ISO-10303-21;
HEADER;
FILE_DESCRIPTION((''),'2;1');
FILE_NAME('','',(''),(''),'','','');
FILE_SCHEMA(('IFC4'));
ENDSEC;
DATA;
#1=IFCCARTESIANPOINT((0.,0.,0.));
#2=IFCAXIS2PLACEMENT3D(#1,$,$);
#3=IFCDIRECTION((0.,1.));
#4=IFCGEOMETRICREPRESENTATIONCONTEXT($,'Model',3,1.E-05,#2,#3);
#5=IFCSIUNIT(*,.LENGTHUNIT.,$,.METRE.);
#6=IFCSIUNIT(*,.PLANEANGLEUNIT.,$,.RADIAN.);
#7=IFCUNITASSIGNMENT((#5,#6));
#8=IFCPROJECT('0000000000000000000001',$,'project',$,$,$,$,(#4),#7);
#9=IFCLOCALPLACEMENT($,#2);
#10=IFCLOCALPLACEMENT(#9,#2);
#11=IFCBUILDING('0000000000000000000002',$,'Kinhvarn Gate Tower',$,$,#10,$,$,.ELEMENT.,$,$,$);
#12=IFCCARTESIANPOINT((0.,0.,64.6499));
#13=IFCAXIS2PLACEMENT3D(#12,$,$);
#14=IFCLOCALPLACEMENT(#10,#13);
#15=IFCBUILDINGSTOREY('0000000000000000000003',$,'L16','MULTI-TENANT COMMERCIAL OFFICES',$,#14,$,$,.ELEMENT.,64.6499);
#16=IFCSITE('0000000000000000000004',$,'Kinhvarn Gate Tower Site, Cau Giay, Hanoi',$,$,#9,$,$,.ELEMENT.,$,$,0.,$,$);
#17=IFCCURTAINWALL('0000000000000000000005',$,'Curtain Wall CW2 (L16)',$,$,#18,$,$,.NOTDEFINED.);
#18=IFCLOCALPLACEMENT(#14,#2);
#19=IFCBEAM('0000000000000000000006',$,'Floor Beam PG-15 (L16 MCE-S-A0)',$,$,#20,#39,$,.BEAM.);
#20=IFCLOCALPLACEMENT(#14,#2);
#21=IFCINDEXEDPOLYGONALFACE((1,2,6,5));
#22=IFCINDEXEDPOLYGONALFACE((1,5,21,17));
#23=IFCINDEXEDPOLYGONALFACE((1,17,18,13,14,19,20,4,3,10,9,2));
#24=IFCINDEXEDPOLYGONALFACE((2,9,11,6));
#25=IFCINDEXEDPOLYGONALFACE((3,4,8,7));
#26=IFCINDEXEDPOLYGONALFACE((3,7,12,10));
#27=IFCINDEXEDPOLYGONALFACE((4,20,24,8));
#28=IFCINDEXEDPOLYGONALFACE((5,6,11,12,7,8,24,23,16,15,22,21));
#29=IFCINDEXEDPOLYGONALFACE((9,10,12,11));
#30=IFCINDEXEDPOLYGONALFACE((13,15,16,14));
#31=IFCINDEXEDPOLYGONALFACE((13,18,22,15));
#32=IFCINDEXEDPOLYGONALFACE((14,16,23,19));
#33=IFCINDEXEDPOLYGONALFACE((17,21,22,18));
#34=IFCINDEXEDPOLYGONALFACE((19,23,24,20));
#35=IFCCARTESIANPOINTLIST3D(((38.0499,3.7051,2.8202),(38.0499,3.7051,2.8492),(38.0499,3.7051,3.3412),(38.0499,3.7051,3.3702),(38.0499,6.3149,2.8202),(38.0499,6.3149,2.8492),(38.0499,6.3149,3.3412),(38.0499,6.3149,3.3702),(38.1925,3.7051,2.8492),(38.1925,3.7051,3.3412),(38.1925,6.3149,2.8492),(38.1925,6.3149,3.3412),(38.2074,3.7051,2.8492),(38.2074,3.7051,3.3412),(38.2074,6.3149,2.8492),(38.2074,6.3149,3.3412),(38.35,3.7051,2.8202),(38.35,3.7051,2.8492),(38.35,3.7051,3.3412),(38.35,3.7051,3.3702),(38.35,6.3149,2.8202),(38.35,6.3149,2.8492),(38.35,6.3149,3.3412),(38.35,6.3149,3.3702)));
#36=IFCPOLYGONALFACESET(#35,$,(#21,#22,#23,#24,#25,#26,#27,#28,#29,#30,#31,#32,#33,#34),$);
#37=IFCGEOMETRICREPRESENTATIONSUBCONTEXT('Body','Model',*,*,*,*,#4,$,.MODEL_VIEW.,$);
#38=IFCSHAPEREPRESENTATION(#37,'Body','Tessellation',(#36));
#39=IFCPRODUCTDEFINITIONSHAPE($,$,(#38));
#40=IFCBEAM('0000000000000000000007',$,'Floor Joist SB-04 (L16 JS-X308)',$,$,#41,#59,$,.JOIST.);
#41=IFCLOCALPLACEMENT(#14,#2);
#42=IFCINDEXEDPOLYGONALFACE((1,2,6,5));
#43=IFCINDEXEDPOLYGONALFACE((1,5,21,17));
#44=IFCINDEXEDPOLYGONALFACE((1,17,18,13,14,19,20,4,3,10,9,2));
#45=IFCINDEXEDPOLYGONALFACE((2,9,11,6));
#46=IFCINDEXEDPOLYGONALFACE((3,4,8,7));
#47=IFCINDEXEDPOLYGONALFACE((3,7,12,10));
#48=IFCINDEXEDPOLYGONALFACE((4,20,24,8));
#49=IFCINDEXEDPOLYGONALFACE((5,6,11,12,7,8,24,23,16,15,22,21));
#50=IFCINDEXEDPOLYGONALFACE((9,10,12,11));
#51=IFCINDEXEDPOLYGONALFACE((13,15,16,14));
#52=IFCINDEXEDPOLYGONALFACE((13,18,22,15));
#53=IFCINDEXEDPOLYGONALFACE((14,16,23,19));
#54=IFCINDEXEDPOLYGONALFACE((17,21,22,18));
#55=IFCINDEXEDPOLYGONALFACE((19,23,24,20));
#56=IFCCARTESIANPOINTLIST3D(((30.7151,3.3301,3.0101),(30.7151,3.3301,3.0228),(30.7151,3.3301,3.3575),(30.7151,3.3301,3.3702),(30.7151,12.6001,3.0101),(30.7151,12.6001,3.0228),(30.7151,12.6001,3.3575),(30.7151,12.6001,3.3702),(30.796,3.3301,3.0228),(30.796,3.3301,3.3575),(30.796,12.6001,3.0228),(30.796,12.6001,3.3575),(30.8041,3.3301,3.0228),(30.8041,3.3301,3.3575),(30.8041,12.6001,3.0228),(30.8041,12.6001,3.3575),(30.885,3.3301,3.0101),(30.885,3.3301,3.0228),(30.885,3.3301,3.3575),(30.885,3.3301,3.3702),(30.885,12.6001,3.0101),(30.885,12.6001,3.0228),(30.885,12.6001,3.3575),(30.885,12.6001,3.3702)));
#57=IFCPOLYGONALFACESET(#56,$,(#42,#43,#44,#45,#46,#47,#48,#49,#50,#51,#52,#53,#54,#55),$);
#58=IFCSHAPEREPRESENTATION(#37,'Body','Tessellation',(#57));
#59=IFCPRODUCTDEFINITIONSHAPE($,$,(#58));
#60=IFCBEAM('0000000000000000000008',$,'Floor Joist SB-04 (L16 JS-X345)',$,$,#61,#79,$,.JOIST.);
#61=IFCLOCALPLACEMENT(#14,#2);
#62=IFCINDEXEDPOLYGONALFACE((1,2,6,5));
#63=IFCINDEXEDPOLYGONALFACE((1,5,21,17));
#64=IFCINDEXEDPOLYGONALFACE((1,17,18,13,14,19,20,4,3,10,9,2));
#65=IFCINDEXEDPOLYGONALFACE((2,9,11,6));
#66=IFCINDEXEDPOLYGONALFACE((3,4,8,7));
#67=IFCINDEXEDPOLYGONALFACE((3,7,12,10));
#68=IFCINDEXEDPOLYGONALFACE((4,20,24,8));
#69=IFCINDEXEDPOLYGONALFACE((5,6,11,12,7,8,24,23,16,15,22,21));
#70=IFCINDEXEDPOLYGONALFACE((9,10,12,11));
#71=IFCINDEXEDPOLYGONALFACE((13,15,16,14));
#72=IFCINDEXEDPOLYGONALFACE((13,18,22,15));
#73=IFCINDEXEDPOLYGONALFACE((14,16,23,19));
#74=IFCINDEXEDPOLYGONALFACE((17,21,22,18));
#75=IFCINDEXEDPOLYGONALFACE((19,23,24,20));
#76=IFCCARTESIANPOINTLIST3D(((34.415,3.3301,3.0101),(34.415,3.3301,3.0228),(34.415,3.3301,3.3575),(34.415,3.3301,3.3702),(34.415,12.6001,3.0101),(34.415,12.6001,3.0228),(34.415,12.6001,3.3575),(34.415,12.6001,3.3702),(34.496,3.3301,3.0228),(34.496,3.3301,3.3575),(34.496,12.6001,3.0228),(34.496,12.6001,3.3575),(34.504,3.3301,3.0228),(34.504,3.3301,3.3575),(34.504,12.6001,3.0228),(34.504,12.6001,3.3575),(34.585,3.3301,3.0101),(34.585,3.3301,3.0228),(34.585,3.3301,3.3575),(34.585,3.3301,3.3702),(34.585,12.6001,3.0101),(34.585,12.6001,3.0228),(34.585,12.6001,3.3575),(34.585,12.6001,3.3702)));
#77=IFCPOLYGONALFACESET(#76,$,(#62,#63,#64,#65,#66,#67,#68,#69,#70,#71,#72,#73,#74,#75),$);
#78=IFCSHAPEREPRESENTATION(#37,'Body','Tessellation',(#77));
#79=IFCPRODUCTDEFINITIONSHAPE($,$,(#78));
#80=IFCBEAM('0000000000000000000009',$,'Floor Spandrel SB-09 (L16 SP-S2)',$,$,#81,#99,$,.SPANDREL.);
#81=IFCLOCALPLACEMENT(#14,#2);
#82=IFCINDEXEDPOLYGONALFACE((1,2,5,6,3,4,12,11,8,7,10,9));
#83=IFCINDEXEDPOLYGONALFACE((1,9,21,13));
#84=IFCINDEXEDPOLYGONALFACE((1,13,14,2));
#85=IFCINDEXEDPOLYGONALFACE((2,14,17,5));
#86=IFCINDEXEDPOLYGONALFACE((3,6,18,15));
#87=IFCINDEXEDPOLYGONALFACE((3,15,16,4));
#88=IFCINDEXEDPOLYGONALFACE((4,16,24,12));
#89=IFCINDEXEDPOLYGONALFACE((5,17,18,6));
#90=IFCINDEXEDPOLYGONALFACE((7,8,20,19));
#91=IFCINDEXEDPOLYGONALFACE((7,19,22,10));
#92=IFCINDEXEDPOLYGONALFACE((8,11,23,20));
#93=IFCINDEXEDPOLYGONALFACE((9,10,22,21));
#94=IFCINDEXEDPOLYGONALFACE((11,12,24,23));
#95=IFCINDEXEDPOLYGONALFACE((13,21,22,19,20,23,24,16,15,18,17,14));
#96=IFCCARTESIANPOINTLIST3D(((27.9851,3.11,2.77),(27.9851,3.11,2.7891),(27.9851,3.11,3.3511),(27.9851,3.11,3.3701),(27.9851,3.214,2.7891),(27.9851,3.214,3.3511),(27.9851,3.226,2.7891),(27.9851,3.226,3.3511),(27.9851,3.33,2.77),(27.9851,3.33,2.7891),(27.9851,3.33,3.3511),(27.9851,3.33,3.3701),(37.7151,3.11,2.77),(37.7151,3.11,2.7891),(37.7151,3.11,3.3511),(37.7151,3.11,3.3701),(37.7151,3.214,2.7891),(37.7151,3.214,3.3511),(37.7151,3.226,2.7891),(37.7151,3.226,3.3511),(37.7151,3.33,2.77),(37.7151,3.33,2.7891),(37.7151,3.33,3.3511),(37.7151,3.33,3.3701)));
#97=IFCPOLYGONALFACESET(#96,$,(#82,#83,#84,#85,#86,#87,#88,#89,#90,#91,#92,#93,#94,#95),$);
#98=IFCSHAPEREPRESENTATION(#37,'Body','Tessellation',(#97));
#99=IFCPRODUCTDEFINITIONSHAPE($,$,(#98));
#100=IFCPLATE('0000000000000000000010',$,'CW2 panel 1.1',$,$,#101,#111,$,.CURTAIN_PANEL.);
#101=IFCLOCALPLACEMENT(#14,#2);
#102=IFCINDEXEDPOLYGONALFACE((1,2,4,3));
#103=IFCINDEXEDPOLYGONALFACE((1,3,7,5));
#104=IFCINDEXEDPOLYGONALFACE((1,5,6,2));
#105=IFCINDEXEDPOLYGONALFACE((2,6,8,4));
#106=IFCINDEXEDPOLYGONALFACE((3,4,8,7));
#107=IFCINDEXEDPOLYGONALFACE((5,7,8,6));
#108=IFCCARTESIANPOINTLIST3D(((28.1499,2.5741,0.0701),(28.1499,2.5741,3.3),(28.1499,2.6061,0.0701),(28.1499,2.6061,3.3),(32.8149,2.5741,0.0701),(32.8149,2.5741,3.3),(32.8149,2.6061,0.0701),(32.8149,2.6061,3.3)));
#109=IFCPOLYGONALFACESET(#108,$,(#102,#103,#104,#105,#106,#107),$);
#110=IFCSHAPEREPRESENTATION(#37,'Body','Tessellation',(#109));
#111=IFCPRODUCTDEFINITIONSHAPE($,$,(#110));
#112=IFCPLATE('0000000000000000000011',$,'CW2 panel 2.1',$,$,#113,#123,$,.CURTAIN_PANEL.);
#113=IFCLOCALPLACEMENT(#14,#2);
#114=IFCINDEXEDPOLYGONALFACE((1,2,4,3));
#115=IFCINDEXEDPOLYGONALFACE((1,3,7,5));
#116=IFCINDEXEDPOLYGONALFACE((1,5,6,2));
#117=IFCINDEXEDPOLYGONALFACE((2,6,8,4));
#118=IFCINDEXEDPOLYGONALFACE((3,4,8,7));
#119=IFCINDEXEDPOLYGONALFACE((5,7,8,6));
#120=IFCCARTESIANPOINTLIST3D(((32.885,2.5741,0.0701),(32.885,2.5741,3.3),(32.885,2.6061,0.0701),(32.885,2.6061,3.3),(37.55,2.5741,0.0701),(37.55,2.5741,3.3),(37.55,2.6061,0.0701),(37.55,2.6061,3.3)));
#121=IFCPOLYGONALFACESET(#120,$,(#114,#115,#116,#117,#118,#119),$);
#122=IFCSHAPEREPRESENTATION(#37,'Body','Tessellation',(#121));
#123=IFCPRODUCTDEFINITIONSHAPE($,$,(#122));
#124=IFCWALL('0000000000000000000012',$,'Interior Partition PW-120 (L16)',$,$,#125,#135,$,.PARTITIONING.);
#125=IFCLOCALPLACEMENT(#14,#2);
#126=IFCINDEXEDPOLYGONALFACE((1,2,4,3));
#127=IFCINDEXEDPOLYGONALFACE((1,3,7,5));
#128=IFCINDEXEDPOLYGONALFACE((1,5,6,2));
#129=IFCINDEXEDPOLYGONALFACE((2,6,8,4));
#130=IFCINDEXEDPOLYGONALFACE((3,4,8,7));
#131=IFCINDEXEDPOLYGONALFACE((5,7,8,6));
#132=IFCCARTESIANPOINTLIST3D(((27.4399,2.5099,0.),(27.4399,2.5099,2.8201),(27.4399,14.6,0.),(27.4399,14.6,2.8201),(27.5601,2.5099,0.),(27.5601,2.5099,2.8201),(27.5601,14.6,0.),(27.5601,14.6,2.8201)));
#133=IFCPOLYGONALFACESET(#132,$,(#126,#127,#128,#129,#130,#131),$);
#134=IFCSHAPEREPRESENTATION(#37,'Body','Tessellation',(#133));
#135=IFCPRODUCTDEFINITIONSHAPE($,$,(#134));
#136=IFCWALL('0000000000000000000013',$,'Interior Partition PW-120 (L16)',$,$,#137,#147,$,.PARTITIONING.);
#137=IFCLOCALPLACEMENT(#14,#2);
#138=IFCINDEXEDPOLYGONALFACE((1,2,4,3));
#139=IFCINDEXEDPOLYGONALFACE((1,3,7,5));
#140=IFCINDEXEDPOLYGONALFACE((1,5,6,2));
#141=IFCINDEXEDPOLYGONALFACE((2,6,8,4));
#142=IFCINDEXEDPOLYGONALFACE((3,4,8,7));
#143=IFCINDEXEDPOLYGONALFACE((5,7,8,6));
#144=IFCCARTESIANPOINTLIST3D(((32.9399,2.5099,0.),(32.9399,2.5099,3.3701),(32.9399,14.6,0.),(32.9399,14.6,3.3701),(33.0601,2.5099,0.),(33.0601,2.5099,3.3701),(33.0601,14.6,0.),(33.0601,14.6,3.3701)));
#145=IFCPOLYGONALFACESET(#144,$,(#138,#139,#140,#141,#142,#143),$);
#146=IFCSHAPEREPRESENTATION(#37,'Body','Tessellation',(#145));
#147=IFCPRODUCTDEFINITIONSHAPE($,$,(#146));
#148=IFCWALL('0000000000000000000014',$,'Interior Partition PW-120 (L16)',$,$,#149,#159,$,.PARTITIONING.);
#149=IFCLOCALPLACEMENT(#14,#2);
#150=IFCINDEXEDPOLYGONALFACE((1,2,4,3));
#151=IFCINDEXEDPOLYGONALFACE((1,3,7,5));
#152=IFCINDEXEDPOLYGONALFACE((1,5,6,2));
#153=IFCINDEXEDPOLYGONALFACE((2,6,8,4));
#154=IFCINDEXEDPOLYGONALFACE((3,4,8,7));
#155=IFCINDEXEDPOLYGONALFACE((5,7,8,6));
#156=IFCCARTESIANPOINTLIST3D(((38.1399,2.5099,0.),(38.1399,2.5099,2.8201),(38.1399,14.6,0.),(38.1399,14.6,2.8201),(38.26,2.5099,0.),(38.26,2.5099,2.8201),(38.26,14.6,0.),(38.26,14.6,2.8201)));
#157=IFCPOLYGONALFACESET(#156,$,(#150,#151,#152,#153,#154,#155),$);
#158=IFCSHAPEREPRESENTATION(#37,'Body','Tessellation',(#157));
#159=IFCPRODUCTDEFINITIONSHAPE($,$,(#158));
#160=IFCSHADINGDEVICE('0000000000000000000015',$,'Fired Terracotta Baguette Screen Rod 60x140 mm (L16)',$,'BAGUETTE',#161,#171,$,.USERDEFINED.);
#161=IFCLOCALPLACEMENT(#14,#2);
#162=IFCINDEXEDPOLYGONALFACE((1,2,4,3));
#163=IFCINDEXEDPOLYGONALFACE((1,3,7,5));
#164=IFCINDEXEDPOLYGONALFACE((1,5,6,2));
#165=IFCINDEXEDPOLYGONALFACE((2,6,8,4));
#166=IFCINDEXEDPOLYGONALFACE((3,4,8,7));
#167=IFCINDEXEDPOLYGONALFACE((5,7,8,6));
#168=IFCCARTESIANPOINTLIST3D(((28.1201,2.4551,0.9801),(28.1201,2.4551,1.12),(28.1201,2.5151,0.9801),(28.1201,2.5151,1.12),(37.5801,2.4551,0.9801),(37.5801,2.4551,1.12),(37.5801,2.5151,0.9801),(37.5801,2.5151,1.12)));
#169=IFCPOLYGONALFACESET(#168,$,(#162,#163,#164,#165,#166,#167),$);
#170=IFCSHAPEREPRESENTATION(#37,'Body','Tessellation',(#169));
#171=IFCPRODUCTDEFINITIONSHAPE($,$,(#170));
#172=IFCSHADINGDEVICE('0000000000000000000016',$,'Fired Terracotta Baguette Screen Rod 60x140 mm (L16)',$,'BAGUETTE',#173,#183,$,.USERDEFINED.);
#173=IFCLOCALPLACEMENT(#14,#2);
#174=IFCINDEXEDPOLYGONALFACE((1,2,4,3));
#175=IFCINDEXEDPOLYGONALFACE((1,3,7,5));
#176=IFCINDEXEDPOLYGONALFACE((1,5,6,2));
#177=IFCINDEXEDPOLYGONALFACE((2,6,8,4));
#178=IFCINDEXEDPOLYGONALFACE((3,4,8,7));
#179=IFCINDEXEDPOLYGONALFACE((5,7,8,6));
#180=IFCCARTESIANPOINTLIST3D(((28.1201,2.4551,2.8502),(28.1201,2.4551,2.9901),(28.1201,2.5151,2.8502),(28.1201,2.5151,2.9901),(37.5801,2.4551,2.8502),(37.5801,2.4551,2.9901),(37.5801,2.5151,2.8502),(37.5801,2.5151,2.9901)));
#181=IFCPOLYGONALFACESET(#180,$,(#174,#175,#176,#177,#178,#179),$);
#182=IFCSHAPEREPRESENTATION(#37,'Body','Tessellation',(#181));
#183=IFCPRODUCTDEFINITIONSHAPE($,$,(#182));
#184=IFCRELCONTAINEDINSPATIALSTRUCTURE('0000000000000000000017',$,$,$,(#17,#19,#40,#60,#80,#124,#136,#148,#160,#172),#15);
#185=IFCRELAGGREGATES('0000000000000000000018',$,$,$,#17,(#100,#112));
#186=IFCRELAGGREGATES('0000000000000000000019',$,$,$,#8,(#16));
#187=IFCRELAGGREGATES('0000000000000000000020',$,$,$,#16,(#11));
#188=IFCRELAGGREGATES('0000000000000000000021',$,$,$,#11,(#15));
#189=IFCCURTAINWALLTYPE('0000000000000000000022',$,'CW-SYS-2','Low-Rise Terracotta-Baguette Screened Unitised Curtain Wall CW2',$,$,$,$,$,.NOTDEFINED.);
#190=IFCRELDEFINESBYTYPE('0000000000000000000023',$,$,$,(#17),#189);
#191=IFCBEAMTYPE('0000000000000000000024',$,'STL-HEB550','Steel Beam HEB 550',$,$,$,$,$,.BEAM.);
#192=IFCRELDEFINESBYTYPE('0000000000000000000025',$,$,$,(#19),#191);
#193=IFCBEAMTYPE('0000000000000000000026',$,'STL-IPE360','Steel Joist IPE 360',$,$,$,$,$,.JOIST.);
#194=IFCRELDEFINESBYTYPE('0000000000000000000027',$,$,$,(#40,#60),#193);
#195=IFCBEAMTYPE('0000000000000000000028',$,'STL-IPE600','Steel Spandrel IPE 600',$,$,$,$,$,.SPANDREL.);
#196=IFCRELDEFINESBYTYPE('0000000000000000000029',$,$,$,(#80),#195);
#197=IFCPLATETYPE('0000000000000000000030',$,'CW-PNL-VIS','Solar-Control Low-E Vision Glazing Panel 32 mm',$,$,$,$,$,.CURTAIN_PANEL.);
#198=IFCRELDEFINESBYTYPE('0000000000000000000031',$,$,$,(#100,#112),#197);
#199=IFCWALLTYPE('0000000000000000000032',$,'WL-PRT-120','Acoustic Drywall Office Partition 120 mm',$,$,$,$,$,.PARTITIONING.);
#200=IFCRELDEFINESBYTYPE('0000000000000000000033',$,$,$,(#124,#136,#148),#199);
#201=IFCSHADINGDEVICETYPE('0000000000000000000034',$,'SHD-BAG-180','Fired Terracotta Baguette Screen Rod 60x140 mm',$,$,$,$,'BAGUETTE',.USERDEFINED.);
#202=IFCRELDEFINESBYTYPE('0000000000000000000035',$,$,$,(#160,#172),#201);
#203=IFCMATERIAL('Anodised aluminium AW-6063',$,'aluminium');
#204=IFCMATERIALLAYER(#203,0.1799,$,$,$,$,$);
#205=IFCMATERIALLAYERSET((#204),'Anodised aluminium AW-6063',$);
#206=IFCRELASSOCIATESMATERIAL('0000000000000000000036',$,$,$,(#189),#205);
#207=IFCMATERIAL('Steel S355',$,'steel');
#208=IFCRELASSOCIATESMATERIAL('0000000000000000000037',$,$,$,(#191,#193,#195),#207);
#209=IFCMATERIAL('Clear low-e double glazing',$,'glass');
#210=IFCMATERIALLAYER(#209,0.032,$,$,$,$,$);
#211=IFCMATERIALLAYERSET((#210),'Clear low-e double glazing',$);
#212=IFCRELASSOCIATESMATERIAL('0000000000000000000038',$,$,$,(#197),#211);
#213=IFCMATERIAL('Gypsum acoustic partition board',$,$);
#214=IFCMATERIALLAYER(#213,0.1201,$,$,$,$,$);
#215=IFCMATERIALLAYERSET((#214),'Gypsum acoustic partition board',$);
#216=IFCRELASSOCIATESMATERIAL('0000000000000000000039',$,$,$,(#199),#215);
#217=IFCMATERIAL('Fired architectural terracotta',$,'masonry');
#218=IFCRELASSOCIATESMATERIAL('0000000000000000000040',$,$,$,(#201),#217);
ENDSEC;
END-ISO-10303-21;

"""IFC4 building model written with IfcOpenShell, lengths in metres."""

from ifc_helpers import new_model, si_unit, direction, frame, frame_2d, origin, origin_2d, place, context, subcontext, project, spatial, rectangle, i_section, extrude, material, layer, layer_set, material_profile, profile_set, type_object, element, aggregate, save


model = new_model("IFC4")

# Units and contexts
model_context = context("Model", 3, precision=1e-05, world=origin(), true_north=direction((0.0, 1.0)))
body_context = subcontext(model_context, "Body", "Model", "MODEL_VIEW")
ifc_project = project(units=[si_unit("LENGTHUNIT", "METRE"), si_unit("PLANEANGLEUNIT", "RADIAN")], contexts=[model_context])

# Site, building, storey
site_placement = place(None, origin())
site = spatial("IfcSite", under=ifc_project, at=site_placement, Name="Kinhvarn Gate Tower Site, Cau Giay, Hanoi", CompositionType="ELEMENT", RefElevation=0.0)
building_placement = place(site_placement, origin())
building = spatial("IfcBuilding", under=site, at=building_placement, Name="Kinhvarn Gate Tower", CompositionType="ELEMENT")
storey_placement = place(building_placement, frame((0.0, 0.0, 64.6499)))
storey = spatial("IfcBuildingStorey", under=building, at=storey_placement, Name="L16", Description="MULTI-TENANT COMMERCIAL OFFICES", CompositionType="ELEMENT", Elevation=64.6499)

# Shared definitions
ifc_material_1 = material(Name="Anodised aluminium AW-6063", Category="aluminium")
ifc_layer_1 = layer(ifc_material_1, 0.1799)
ifc_layer_set_1 = layer_set([ifc_layer_1], Name="Anodised aluminium AW-6063")
curtain_wall_type = type_object("IfcCurtainWallType", Name="CW-SYS-2", Description="Low-Rise Terracotta-Baguette Screened Unitised Curtain Wall CW2", PredefinedType="NOTDEFINED", material=ifc_layer_set_1)

# Curtain wall
curtain_wall_1_placement = place(storey_placement, origin())
curtain_wall_1 = element("IfcCurtainWall", 1, at=curtain_wall_1_placement, inside=storey, type_object=curtain_wall_type, Name="Curtain Wall CW2 (L16)", PredefinedType="NOTDEFINED")

# Beams
ifc_material_2 = material(Name="Steel S355", Category="steel")
ifc_material_profile_1 = material_profile(ifc_material_2, i_section(OverallWidth=0.3, OverallDepth=0.55, WebThickness=0.0149, FlangeThickness=0.0291, at=origin_2d()), Name="HEB 550")
ifc_profile_set_1 = profile_set([ifc_material_profile_1], Name="Steel S355")
beam_type_1 = type_object("IfcBeamType", Name="STL-HEB550", Description="Steel Beam HEB 550", PredefinedType="BEAM", material=ifc_profile_set_1)
beam_1_placement = place(storey_placement, frame((38.2, 3.7051, 3.0952), z_axis=(0.0, 1.0, 0.0), x_axis=(-1.0, 0.0, 0.0)))
element("IfcBeam", 2, at=beam_1_placement, inside=storey, type_object=beam_type_1, Name="Floor Beam PG-15 (L16 MCE-S-A0)", PredefinedType="BEAM", context=body_context, shape_type="SweptSolid", body=[
    extrude(i_section(OverallWidth=0.3, OverallDepth=0.55, WebThickness=0.0149, FlangeThickness=0.0291, at=origin_2d()), origin(), (0.0, 0.0, 1.0), 2.6099),
])
ifc_material_profile_2 = material_profile(ifc_material_2, i_section(OverallWidth=0.1699, OverallDepth=0.3601, WebThickness=0.0081, FlangeThickness=0.0127, at=origin_2d()), Name="IPE 360")
ifc_profile_set_2 = profile_set([ifc_material_profile_2], Name="Steel S355")
beam_type_2 = type_object("IfcBeamType", Name="STL-IPE360", Description="Steel Joist IPE 360", PredefinedType="JOIST", material=ifc_profile_set_2)
for number, where, z_axis, x_axis, name in (
    (3, (30.8, 3.3301, 3.1902), (0.0, 1.0, 0.0), (-1.0, 0.0, 0.0), "Floor Joist SB-04 (L16 JS-X308)"),
    (4, (34.5, 3.3301, 3.1902), (0.0, 1.0, 0.0), (-1.0, 0.0, 0.0), "Floor Joist SB-04 (L16 JS-X345)"),
):
    element("IfcBeam", number, at=place(storey_placement, frame(where, z_axis=z_axis, x_axis=x_axis)), inside=storey, type_object=beam_type_2, Name=name, PredefinedType="JOIST", context=body_context, shape_type="SweptSolid", body=[
        extrude(i_section(OverallWidth=0.1699, OverallDepth=0.3601, WebThickness=0.0081, FlangeThickness=0.0127, at=origin_2d()), origin(), (0.0, 0.0, 1.0), 9.27),
    ])
ifc_material_profile_3 = material_profile(ifc_material_2, i_section(OverallWidth=0.22, OverallDepth=0.6001, WebThickness=0.012, FlangeThickness=0.019, at=origin_2d()), Name="IPE 600")
ifc_profile_set_3 = profile_set([ifc_material_profile_3], Name="Steel S355")
beam_type_3 = type_object("IfcBeamType", Name="STL-IPE600", Description="Steel Spandrel IPE 600", PredefinedType="SPANDREL", material=ifc_profile_set_3)
beam_2_placement = place(storey_placement, frame((27.9851, 3.22, 3.0701), z_axis=(1.0, 0.0, 0.0), x_axis=(0.0, 1.0, 0.0)))
element("IfcBeam", 5, at=beam_2_placement, inside=storey, type_object=beam_type_3, Name="Floor Spandrel SB-09 (L16 SP-S2)", PredefinedType="SPANDREL", context=body_context, shape_type="SweptSolid", body=[
    extrude(i_section(OverallWidth=0.22, OverallDepth=0.6001, WebThickness=0.012, FlangeThickness=0.019, at=origin_2d()), origin(), (0.0, 0.0, 1.0), 9.73),
])

# Plates
ifc_material_3 = material(Name="Clear low-e double glazing", Category="glass")
ifc_layer_2 = layer(ifc_material_3, 0.032)
ifc_layer_set_2 = layer_set([ifc_layer_2], Name="Clear low-e double glazing")
plate_type = type_object("IfcPlateType", Name="CW-PNL-VIS", Description="Solar-Control Low-E Vision Glazing Panel 32 mm", PredefinedType="CURTAIN_PANEL", material=ifc_layer_set_2)
plate_1_placement = place(storey_placement, frame((30.4824, 2.5901, 0.0701), z_axis=(0.0, 0.0, 1.0), x_axis=(1.0, 0.0, 0.0)))
plate_1 = element("IfcPlate", 6, at=plate_1_placement, type_object=plate_type, Name="CW2 panel 1.1", PredefinedType="CURTAIN_PANEL", context=body_context, shape_type="SweptSolid", body=[
    extrude(rectangle(XDim=4.665, YDim=0.032, at=origin_2d()), origin(), (0.0, 0.0, 1.0), 3.23),
])
plate_2_placement = place(storey_placement, frame((35.2175, 2.5901, 0.0701), z_axis=(0.0, 0.0, 1.0), x_axis=(1.0, 0.0, 0.0)))
plate_2 = element("IfcPlate", 7, at=plate_2_placement, type_object=plate_type, Name="CW2 panel 2.1", PredefinedType="CURTAIN_PANEL", context=body_context, shape_type="SweptSolid", body=[
    extrude(rectangle(XDim=4.665, YDim=0.032, at=origin_2d()), origin(), (0.0, 0.0, 1.0), 3.23),
])
aggregate(curtain_wall_1, [plate_1, plate_2])

# Walls
ifc_material_4 = material(Name="Gypsum acoustic partition board")
ifc_layer_3 = layer(ifc_material_4, 0.1201)
ifc_layer_set_3 = layer_set([ifc_layer_3], Name="Gypsum acoustic partition board")
wall_type = type_object("IfcWallType", Name="WL-PRT-120", Description="Acoustic Drywall Office Partition 120 mm", PredefinedType="PARTITIONING", material=ifc_layer_set_3)
wall_1_placement = place(storey_placement, frame((27.5, 2.51, 0.0), z_axis=(0.0, 0.0, 1.0), x_axis=(0.0, 1.0, 0.0)))
element("IfcWall", 8, at=wall_1_placement, inside=storey, type_object=wall_type, Name="Interior Partition PW-120 (L16)", PredefinedType="PARTITIONING", context=body_context, shape_type="SweptSolid", body=[
    extrude(rectangle(XDim=12.0901, YDim=0.1201, at=frame_2d((6.0449, 0.0))), origin(), (0.0, 0.0, 1.0), 2.8201),
])
wall_2_placement = place(storey_placement, frame((33.0, 2.51, 0.0), z_axis=(0.0, 0.0, 1.0), x_axis=(0.0, 1.0, 0.0)))
element("IfcWall", 9, at=wall_2_placement, inside=storey, type_object=wall_type, Name="Interior Partition PW-120 (L16)", PredefinedType="PARTITIONING", context=body_context, shape_type="SweptSolid", body=[
    extrude(rectangle(XDim=12.0901, YDim=0.1201, at=frame_2d((6.0449, 0.0))), origin(), (0.0, 0.0, 1.0), 3.3701),
])
wall_3_placement = place(storey_placement, frame((38.2, 2.51, 0.0), z_axis=(0.0, 0.0, 1.0), x_axis=(0.0, 1.0, 0.0)))
element("IfcWall", 10, at=wall_3_placement, inside=storey, type_object=wall_type, Name="Interior Partition PW-120 (L16)", PredefinedType="PARTITIONING", context=body_context, shape_type="SweptSolid", body=[
    extrude(rectangle(XDim=12.0901, YDim=0.1201, at=frame_2d((6.0449, 0.0))), origin(), (0.0, 0.0, 1.0), 2.8201),
])

# Shading devices
ifc_material_5 = material(Name="Fired architectural terracotta", Category="masonry")
ifc_material_profile_4 = material_profile(ifc_material_5, rectangle(XDim=0.0601, YDim=0.1399, at=origin_2d()), Name="TC 60x140")
ifc_profile_set_4 = profile_set([ifc_material_profile_4], Name="Fired architectural terracotta")
shading_device_type = type_object("IfcShadingDeviceType", Name="SHD-BAG-180", Description="Fired Terracotta Baguette Screen Rod 60x140 mm", ElementType="BAGUETTE", PredefinedType="USERDEFINED", material=ifc_profile_set_4)
for number, where, z_axis, x_axis, name in (
    (11, (28.1201, 2.4851, 1.05), (1.0, 0.0, 0.0), (0.0, 1.0, 0.0), "Fired Terracotta Baguette Screen Rod 60x140 mm (L16)"),
    (12, (28.1201, 2.4851, 2.9202), (1.0, 0.0, 0.0), (0.0, 1.0, 0.0), "Fired Terracotta Baguette Screen Rod 60x140 mm (L16)"),
):
    element("IfcShadingDevice", number, at=place(storey_placement, frame(where, z_axis=z_axis, x_axis=x_axis)), inside=storey, type_object=shading_device_type, Name=name, ObjectType="BAGUETTE", PredefinedType="USERDEFINED", context=body_context, shape_type="SweptSolid", body=[
        extrude(rectangle(XDim=0.0601, YDim=0.1399, at=origin_2d()), origin(), (0.0, 0.0, 1.0), 9.46),
    ])

save(model, "model.ifc")
